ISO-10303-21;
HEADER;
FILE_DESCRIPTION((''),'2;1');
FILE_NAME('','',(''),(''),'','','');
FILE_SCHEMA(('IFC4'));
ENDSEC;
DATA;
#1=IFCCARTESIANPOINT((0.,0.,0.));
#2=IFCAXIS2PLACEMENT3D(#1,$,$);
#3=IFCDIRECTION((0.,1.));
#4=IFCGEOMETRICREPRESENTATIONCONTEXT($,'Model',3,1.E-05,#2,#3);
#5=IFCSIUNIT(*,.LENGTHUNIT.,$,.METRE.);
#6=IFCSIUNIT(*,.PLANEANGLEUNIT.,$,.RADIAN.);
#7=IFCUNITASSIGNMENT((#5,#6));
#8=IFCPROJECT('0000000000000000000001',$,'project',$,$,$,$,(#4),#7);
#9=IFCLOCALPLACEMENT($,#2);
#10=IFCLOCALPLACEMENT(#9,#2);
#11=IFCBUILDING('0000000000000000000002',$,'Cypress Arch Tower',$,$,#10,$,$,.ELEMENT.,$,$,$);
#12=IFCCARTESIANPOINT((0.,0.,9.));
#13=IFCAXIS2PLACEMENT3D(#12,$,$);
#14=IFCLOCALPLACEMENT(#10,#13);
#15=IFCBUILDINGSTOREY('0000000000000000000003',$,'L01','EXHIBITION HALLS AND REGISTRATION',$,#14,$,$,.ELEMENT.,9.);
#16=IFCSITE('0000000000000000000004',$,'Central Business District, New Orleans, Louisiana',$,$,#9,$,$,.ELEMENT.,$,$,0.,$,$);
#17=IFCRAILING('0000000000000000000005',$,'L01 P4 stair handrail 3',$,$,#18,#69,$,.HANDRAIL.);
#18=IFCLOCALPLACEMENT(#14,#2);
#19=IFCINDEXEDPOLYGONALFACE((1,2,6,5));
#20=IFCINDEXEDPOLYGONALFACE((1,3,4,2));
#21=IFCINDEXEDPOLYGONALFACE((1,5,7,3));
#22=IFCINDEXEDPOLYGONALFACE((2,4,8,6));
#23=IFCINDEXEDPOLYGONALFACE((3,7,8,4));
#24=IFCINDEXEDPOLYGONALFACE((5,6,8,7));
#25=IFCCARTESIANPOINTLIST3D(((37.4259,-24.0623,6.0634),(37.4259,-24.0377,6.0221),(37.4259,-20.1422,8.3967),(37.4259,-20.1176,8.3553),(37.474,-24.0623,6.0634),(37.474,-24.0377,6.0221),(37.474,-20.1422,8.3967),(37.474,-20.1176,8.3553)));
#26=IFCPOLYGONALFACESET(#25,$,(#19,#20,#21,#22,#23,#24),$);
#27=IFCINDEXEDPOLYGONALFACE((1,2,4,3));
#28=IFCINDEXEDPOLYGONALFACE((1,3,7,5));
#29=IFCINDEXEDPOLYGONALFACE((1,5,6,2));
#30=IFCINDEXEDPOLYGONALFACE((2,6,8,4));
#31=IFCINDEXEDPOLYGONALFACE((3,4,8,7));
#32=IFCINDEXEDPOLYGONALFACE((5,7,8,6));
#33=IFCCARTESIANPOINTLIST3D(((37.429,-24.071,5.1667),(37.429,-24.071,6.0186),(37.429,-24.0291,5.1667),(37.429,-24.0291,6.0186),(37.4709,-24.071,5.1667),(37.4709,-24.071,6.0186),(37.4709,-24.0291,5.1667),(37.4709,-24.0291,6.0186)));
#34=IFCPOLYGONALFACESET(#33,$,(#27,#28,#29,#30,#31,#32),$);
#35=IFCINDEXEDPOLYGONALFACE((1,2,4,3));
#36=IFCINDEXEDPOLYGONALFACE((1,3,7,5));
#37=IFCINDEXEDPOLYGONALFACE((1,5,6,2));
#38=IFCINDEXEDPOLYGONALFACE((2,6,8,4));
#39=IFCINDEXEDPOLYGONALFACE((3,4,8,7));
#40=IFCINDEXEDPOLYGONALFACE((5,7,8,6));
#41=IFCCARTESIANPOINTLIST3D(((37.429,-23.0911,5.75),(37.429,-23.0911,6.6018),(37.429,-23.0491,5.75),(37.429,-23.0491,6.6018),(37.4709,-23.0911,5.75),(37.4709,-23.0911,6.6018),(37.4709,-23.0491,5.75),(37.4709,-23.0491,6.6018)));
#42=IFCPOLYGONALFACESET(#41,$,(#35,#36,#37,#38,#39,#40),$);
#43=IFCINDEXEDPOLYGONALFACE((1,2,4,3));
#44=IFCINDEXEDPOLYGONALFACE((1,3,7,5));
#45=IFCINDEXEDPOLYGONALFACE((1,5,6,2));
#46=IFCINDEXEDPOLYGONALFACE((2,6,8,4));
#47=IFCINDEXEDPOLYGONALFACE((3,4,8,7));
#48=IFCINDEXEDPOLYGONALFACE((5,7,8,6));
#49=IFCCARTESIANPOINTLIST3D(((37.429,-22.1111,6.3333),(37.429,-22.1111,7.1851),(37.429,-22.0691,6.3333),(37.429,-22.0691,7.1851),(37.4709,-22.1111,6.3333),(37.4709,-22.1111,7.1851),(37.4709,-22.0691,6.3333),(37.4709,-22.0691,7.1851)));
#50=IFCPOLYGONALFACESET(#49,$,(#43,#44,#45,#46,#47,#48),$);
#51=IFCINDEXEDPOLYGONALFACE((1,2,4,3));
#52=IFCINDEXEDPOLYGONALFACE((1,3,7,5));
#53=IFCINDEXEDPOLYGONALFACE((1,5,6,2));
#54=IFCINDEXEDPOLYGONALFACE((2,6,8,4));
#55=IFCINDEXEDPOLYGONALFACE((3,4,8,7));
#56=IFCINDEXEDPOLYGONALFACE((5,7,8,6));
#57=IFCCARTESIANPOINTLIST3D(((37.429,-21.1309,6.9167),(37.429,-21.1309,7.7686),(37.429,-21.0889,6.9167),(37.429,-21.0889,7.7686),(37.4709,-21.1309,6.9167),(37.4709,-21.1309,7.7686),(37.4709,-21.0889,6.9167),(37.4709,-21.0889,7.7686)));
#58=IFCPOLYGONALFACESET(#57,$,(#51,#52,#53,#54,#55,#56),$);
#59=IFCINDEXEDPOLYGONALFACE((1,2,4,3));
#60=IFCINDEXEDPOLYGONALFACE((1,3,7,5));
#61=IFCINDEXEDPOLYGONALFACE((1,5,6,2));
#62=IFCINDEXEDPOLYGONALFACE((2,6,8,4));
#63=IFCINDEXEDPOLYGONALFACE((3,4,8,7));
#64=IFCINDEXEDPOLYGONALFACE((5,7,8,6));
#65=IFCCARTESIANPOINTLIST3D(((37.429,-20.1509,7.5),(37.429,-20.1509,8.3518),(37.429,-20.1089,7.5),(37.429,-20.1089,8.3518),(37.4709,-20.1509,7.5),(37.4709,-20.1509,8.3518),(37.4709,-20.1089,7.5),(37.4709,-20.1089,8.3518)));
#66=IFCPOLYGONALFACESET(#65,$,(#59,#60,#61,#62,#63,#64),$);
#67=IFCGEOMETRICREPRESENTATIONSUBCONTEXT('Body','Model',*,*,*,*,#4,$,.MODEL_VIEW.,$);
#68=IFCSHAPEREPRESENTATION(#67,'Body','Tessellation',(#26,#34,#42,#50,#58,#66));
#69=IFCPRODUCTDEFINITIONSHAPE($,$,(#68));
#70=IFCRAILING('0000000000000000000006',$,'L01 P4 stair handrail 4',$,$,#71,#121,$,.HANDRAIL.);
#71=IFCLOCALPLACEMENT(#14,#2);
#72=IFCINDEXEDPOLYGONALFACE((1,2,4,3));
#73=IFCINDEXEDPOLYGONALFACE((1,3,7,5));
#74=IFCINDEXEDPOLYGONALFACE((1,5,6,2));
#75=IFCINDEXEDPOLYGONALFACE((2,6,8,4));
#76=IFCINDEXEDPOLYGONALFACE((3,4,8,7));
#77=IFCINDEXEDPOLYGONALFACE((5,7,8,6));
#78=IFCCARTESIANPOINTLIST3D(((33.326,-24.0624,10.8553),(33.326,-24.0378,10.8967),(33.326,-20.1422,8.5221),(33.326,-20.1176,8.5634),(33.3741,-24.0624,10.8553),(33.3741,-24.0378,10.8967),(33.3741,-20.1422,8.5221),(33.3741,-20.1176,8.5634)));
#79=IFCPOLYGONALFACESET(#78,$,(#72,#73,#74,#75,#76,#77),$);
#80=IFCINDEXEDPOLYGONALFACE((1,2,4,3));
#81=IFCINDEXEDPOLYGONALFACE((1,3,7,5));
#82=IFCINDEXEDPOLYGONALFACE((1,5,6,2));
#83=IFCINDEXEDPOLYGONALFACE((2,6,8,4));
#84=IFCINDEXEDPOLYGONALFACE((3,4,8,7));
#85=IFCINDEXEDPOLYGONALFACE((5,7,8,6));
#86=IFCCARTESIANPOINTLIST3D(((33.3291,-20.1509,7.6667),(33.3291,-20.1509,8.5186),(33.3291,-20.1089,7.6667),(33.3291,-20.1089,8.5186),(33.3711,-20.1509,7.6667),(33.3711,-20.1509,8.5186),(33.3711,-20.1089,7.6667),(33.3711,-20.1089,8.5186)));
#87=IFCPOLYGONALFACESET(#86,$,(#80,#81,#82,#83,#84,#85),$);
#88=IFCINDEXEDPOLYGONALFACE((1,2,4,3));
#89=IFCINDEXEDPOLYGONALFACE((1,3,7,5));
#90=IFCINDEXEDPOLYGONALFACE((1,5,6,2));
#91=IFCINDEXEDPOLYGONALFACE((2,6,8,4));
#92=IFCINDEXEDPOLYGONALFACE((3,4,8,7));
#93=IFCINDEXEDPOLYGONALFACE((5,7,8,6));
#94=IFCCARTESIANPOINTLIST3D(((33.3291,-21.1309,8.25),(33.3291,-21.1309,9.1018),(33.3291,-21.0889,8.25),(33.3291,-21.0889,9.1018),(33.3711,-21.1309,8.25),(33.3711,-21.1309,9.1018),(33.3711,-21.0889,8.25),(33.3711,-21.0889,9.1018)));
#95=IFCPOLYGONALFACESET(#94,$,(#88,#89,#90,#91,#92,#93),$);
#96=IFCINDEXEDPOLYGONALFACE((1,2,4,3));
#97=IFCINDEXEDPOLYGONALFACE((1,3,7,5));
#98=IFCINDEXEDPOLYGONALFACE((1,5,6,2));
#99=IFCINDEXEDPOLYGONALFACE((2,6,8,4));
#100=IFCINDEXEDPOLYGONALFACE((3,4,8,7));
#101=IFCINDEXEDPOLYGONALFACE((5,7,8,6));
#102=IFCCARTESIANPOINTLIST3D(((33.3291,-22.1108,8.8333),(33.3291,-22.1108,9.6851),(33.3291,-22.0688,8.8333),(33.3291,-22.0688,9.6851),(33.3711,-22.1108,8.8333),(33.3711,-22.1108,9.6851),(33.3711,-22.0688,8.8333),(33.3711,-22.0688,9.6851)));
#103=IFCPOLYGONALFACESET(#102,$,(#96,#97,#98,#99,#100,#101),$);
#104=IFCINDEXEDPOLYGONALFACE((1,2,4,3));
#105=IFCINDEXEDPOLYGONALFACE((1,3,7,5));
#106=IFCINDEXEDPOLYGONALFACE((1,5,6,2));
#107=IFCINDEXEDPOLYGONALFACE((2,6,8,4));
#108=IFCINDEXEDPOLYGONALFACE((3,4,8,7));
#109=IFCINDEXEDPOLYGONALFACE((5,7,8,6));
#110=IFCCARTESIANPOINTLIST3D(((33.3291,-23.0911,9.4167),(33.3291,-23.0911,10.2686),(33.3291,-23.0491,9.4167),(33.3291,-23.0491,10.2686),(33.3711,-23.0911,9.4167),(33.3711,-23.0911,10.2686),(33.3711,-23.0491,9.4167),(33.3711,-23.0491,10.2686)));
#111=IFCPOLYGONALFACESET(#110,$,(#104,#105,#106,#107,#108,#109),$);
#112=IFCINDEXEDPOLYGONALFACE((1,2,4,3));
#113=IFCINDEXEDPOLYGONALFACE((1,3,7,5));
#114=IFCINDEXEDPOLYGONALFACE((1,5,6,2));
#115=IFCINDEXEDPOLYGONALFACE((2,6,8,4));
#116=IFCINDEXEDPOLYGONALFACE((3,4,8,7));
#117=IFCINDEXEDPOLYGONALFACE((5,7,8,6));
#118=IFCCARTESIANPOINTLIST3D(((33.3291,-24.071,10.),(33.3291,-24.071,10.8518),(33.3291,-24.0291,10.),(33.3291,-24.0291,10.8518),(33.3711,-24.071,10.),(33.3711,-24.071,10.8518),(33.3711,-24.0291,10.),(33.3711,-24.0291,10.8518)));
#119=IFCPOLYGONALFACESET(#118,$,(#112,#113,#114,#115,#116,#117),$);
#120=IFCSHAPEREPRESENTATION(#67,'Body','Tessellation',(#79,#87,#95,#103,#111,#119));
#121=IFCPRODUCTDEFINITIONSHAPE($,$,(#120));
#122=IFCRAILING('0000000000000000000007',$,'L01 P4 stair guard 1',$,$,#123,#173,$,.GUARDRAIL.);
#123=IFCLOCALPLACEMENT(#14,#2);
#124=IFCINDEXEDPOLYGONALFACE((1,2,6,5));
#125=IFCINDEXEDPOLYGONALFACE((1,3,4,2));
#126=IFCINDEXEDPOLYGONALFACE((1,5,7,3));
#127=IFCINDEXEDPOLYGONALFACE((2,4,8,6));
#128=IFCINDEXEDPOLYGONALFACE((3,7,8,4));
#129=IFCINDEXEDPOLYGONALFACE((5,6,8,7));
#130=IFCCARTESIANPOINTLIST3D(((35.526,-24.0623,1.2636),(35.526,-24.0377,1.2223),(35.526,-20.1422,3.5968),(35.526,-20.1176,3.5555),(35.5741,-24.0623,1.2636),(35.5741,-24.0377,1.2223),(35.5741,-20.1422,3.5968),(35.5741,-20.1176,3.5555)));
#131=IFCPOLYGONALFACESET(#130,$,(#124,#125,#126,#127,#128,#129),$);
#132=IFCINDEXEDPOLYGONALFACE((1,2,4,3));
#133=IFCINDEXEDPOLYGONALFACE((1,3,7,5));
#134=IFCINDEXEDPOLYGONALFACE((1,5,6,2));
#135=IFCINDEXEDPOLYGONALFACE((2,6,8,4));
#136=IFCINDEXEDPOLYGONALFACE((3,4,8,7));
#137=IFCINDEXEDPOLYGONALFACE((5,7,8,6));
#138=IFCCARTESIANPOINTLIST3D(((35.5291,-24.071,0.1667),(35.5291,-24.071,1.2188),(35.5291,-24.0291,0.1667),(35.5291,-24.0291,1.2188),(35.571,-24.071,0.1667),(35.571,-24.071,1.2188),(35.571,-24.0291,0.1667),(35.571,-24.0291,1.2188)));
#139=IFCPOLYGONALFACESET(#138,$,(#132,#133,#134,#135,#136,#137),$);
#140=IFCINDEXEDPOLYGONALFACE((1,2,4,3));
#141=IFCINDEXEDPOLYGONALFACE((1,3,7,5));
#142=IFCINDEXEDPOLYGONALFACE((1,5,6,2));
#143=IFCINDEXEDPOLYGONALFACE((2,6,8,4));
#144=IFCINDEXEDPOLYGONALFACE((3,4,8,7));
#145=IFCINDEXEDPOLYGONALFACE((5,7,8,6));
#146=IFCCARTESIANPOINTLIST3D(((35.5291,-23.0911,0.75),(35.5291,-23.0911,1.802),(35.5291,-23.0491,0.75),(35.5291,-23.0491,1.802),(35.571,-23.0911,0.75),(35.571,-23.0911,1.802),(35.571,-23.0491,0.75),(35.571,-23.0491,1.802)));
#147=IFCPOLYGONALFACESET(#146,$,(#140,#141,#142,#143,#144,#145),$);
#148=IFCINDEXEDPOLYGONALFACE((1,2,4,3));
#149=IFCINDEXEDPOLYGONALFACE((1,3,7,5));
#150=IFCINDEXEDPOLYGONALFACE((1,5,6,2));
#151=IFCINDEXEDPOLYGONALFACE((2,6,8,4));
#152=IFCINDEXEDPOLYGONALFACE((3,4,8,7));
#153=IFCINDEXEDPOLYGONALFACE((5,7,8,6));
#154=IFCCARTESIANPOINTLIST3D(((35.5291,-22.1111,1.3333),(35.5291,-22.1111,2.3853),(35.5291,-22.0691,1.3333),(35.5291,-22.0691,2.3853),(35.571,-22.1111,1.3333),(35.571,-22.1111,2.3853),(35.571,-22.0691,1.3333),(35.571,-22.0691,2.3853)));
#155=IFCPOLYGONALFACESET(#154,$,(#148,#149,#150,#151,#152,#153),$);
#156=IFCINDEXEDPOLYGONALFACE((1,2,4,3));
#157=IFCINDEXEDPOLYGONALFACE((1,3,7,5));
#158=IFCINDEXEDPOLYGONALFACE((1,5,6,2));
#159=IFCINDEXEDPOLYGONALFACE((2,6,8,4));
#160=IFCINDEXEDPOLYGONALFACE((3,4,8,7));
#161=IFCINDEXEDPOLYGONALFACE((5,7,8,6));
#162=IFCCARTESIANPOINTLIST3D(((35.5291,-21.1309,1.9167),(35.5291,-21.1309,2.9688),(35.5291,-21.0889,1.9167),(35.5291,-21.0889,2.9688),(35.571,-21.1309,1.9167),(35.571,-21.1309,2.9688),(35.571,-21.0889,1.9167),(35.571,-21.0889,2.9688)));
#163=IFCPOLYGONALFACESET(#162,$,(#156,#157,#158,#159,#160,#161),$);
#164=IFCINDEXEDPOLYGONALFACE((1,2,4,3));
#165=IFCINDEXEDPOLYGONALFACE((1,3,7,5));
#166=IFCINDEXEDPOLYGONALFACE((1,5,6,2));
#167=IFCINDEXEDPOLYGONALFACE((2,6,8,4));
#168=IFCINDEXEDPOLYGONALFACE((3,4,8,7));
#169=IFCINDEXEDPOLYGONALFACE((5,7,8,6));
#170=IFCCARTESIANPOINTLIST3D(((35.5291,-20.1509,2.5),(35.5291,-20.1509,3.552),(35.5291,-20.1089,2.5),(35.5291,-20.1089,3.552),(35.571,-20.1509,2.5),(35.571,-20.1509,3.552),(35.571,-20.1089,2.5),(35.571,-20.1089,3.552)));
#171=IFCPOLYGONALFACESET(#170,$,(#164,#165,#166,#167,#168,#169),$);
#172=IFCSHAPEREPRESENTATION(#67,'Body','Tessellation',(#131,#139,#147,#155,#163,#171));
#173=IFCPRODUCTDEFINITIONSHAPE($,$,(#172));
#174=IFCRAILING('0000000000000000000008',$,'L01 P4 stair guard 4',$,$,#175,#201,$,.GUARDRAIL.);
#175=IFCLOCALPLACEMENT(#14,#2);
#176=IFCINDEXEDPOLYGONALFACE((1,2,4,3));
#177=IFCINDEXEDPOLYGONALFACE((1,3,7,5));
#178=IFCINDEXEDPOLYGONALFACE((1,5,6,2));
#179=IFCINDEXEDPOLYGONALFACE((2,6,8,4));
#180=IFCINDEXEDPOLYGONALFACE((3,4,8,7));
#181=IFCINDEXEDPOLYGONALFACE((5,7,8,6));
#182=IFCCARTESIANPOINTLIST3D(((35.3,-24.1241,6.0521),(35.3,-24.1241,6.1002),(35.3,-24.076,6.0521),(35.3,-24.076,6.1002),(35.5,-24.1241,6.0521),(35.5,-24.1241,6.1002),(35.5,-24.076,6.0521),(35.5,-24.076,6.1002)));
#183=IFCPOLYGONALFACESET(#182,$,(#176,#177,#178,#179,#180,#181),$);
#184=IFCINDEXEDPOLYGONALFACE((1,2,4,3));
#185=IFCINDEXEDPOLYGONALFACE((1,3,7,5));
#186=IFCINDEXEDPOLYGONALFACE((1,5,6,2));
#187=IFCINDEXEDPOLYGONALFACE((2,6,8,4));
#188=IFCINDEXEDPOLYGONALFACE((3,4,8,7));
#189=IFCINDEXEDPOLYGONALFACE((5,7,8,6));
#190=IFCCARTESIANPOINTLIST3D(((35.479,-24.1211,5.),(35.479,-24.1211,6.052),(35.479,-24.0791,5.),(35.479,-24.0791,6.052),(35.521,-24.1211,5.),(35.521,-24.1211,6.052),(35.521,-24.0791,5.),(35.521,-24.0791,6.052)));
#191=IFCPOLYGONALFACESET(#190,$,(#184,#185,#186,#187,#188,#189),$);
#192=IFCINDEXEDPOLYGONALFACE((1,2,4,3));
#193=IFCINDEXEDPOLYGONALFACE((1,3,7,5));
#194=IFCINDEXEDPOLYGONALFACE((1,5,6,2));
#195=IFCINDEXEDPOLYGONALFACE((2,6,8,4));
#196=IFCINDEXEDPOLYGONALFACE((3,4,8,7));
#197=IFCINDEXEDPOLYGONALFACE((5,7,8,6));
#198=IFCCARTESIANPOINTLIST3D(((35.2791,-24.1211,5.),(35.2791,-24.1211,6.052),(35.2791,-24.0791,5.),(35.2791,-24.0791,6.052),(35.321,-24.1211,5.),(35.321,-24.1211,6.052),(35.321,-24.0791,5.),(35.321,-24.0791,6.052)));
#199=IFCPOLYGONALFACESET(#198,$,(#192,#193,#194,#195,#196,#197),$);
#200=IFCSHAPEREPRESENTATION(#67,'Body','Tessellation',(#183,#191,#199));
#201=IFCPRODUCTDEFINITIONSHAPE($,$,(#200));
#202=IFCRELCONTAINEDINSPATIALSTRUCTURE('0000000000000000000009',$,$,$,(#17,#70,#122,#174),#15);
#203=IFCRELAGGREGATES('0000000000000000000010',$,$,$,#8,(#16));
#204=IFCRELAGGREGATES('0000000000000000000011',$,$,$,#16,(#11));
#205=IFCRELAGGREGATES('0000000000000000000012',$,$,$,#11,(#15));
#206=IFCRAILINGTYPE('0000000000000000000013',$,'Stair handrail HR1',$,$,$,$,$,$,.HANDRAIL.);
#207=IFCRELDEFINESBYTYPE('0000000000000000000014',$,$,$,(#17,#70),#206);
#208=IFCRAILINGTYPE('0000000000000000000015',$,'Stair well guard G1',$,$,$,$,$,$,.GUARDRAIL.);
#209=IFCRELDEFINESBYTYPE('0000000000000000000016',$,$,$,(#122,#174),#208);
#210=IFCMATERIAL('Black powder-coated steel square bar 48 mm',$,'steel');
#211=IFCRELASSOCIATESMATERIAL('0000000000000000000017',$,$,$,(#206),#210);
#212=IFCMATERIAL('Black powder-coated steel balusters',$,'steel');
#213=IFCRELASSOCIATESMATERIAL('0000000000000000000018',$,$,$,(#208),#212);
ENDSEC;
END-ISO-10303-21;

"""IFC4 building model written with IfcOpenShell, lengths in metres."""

from ifc_helpers import new_model, si_unit, direction, frame, origin, origin_2d, place, context, subcontext, project, spatial, rectangle, extrude, material, type_object, element, save


model = new_model("IFC4")

# Units and contexts
model_context = context("Model", 3, precision=1e-05, world=origin(), true_north=direction((0.0, 1.0)))
body_context = subcontext(model_context, "Body", "Model", "MODEL_VIEW")
ifc_project = project(units=[si_unit("LENGTHUNIT", "METRE"), si_unit("PLANEANGLEUNIT", "RADIAN")], contexts=[model_context])

# Site, building, storey
site_placement = place(None, origin())
site = spatial("IfcSite", under=ifc_project, at=site_placement, Name="Central Business District, New Orleans, Louisiana", CompositionType="ELEMENT", RefElevation=0.0)
building_placement = place(site_placement, origin())
building = spatial("IfcBuilding", under=site, at=building_placement, Name="Cypress Arch Tower", CompositionType="ELEMENT")
storey_placement = place(building_placement, frame((0.0, 0.0, 9.0)))
storey = spatial("IfcBuildingStorey", under=building, at=storey_placement, Name="L01", Description="EXHIBITION HALLS AND REGISTRATION", CompositionType="ELEMENT", Elevation=9.0)

# Railings
ifc_material_1 = material(Name="Black powder-coated steel square bar 48 mm", Category="steel")
railing_type_1 = type_object("IfcRailingType", Name="Stair handrail HR1", PredefinedType="HANDRAIL", material=ifc_material_1)
railing_1_placement = place(storey_placement, frame((37.45, -24.05, 5.1667)))
element("IfcRailing", 1, at=railing_1_placement, inside=storey, type_object=railing_type_1, Name="L01 P4 stair handrail 3", PredefinedType="HANDRAIL", context=body_context, shape_type="SweptSolid", body=[
    extrude(rectangle(XDim=0.0481, YDim=0.0481, at=origin_2d()), frame((0.0, 0.0, 0.876), z_axis=(0.0, 0.85931, 0.511455), x_axis=(-1.0, 0.0, 0.0)), (0.0, 0.0, 1.0), 4.562),
    extrude(rectangle(XDim=0.042, YDim=0.042, at=origin_2d()), origin(), (0.0, 0.0, 1.0), 0.8518),
    extrude(rectangle(XDim=0.042, YDim=0.042, at=origin_2d()), frame((0.0, 0.98, 0.5833)), (0.0, 0.0, 1.0), 0.8518),
    extrude(rectangle(XDim=0.042, YDim=0.042, at=origin_2d()), frame((0.0, 1.96, 1.1665)), (0.0, 0.0, 1.0), 0.8518),
    extrude(rectangle(XDim=0.042, YDim=0.042, at=origin_2d()), frame((0.0, 2.9402, 1.75)), (0.0, 0.0, 1.0), 0.8518),
    extrude(rectangle(XDim=0.042, YDim=0.042, at=origin_2d()), frame((0.0, 3.9202, 2.3333)), (0.0, 0.0, 1.0), 0.8518),
])
railing_2_placement = place(storey_placement, frame((33.3501, -20.1299, 7.6667)))
element("IfcRailing", 2, at=railing_2_placement, inside=storey, type_object=railing_type_1, Name="L01 P4 stair handrail 4", PredefinedType="HANDRAIL", context=body_context, shape_type="SweptSolid", body=[
    extrude(rectangle(XDim=0.0481, YDim=0.0481, at=origin_2d()), frame((0.0, 0.0, 0.876), z_axis=(0.0, -0.85931, 0.511455), x_axis=(1.0, 0.0, 0.0)), (0.0, 0.0, 1.0), 4.562),
    extrude(rectangle(XDim=0.042, YDim=0.042, at=origin_2d()), origin(), (0.0, 0.0, 1.0), 0.8518),
    extrude(rectangle(XDim=0.042, YDim=0.042, at=origin_2d()), frame((0.0, -0.98, 0.5833)), (0.0, 0.0, 1.0), 0.8518),
    extrude(rectangle(XDim=0.042, YDim=0.042, at=origin_2d()), frame((0.0, -1.96, 1.1665)), (0.0, 0.0, 1.0), 0.8518),
    extrude(rectangle(XDim=0.042, YDim=0.042, at=origin_2d()), frame((0.0, -2.9402, 1.75)), (0.0, 0.0, 1.0), 0.8518),
    extrude(rectangle(XDim=0.042, YDim=0.042, at=origin_2d()), frame((0.0, -3.9202, 2.3333)), (0.0, 0.0, 1.0), 0.8518),
])
ifc_material_2 = material(Name="Black powder-coated steel balusters", Category="steel")
railing_type_2 = type_object("IfcRailingType", Name="Stair well guard G1", PredefinedType="GUARDRAIL", material=ifc_material_2)
railing_3_placement = place(storey_placement, frame((35.55, -24.05, 0.1667)))
element("IfcRailing", 3, at=railing_3_placement, inside=storey, type_object=railing_type_2, Name="L01 P4 stair guard 1", PredefinedType="GUARDRAIL", context=body_context, shape_type="SweptSolid", body=[
    extrude(rectangle(XDim=0.0481, YDim=0.0481, at=origin_2d()), frame((0.0, 0.0, 1.0762), z_axis=(0.0, 0.85931, 0.511455), x_axis=(-1.0, 0.0, 0.0)), (0.0, 0.0, 1.0), 4.562),
    extrude(rectangle(XDim=0.042, YDim=0.042, at=origin_2d()), origin(), (0.0, 0.0, 1.0), 1.052),
    extrude(rectangle(XDim=0.042, YDim=0.042, at=origin_2d()), frame((0.0, 0.98, 0.5833)), (0.0, 0.0, 1.0), 1.052),
    extrude(rectangle(XDim=0.042, YDim=0.042, at=origin_2d()), frame((0.0, 1.96, 1.1665)), (0.0, 0.0, 1.0), 1.052),
    extrude(rectangle(XDim=0.042, YDim=0.042, at=origin_2d()), frame((0.0, 2.9402, 1.75)), (0.0, 0.0, 1.0), 1.052),
    extrude(rectangle(XDim=0.042, YDim=0.042, at=origin_2d()), frame((0.0, 3.9202, 2.3333)), (0.0, 0.0, 1.0), 1.052),
])
railing_4_placement = place(storey_placement, frame((35.5, -24.1001, 5.0)))
element("IfcRailing", 4, at=railing_4_placement, inside=storey, type_object=railing_type_2, Name="L01 P4 stair guard 4", PredefinedType="GUARDRAIL", context=body_context, shape_type="SweptSolid", body=[
    extrude(rectangle(XDim=0.0481, YDim=0.0481, at=origin_2d()), frame((0.0, 0.0, 1.0762), z_axis=(-1.0, 0.0, 0.0), x_axis=(0.0, -1.0, 0.0)), (0.0, 0.0, 1.0), 0.2),
    extrude(rectangle(XDim=0.042, YDim=0.042, at=origin_2d()), origin(), (0.0, 0.0, 1.0), 1.052),
    extrude(rectangle(XDim=0.042, YDim=0.042, at=origin_2d()), frame((-0.2, 0.0, 0.0)), (0.0, 0.0, 1.0), 1.052),
])

save(model, "model.ifc")
